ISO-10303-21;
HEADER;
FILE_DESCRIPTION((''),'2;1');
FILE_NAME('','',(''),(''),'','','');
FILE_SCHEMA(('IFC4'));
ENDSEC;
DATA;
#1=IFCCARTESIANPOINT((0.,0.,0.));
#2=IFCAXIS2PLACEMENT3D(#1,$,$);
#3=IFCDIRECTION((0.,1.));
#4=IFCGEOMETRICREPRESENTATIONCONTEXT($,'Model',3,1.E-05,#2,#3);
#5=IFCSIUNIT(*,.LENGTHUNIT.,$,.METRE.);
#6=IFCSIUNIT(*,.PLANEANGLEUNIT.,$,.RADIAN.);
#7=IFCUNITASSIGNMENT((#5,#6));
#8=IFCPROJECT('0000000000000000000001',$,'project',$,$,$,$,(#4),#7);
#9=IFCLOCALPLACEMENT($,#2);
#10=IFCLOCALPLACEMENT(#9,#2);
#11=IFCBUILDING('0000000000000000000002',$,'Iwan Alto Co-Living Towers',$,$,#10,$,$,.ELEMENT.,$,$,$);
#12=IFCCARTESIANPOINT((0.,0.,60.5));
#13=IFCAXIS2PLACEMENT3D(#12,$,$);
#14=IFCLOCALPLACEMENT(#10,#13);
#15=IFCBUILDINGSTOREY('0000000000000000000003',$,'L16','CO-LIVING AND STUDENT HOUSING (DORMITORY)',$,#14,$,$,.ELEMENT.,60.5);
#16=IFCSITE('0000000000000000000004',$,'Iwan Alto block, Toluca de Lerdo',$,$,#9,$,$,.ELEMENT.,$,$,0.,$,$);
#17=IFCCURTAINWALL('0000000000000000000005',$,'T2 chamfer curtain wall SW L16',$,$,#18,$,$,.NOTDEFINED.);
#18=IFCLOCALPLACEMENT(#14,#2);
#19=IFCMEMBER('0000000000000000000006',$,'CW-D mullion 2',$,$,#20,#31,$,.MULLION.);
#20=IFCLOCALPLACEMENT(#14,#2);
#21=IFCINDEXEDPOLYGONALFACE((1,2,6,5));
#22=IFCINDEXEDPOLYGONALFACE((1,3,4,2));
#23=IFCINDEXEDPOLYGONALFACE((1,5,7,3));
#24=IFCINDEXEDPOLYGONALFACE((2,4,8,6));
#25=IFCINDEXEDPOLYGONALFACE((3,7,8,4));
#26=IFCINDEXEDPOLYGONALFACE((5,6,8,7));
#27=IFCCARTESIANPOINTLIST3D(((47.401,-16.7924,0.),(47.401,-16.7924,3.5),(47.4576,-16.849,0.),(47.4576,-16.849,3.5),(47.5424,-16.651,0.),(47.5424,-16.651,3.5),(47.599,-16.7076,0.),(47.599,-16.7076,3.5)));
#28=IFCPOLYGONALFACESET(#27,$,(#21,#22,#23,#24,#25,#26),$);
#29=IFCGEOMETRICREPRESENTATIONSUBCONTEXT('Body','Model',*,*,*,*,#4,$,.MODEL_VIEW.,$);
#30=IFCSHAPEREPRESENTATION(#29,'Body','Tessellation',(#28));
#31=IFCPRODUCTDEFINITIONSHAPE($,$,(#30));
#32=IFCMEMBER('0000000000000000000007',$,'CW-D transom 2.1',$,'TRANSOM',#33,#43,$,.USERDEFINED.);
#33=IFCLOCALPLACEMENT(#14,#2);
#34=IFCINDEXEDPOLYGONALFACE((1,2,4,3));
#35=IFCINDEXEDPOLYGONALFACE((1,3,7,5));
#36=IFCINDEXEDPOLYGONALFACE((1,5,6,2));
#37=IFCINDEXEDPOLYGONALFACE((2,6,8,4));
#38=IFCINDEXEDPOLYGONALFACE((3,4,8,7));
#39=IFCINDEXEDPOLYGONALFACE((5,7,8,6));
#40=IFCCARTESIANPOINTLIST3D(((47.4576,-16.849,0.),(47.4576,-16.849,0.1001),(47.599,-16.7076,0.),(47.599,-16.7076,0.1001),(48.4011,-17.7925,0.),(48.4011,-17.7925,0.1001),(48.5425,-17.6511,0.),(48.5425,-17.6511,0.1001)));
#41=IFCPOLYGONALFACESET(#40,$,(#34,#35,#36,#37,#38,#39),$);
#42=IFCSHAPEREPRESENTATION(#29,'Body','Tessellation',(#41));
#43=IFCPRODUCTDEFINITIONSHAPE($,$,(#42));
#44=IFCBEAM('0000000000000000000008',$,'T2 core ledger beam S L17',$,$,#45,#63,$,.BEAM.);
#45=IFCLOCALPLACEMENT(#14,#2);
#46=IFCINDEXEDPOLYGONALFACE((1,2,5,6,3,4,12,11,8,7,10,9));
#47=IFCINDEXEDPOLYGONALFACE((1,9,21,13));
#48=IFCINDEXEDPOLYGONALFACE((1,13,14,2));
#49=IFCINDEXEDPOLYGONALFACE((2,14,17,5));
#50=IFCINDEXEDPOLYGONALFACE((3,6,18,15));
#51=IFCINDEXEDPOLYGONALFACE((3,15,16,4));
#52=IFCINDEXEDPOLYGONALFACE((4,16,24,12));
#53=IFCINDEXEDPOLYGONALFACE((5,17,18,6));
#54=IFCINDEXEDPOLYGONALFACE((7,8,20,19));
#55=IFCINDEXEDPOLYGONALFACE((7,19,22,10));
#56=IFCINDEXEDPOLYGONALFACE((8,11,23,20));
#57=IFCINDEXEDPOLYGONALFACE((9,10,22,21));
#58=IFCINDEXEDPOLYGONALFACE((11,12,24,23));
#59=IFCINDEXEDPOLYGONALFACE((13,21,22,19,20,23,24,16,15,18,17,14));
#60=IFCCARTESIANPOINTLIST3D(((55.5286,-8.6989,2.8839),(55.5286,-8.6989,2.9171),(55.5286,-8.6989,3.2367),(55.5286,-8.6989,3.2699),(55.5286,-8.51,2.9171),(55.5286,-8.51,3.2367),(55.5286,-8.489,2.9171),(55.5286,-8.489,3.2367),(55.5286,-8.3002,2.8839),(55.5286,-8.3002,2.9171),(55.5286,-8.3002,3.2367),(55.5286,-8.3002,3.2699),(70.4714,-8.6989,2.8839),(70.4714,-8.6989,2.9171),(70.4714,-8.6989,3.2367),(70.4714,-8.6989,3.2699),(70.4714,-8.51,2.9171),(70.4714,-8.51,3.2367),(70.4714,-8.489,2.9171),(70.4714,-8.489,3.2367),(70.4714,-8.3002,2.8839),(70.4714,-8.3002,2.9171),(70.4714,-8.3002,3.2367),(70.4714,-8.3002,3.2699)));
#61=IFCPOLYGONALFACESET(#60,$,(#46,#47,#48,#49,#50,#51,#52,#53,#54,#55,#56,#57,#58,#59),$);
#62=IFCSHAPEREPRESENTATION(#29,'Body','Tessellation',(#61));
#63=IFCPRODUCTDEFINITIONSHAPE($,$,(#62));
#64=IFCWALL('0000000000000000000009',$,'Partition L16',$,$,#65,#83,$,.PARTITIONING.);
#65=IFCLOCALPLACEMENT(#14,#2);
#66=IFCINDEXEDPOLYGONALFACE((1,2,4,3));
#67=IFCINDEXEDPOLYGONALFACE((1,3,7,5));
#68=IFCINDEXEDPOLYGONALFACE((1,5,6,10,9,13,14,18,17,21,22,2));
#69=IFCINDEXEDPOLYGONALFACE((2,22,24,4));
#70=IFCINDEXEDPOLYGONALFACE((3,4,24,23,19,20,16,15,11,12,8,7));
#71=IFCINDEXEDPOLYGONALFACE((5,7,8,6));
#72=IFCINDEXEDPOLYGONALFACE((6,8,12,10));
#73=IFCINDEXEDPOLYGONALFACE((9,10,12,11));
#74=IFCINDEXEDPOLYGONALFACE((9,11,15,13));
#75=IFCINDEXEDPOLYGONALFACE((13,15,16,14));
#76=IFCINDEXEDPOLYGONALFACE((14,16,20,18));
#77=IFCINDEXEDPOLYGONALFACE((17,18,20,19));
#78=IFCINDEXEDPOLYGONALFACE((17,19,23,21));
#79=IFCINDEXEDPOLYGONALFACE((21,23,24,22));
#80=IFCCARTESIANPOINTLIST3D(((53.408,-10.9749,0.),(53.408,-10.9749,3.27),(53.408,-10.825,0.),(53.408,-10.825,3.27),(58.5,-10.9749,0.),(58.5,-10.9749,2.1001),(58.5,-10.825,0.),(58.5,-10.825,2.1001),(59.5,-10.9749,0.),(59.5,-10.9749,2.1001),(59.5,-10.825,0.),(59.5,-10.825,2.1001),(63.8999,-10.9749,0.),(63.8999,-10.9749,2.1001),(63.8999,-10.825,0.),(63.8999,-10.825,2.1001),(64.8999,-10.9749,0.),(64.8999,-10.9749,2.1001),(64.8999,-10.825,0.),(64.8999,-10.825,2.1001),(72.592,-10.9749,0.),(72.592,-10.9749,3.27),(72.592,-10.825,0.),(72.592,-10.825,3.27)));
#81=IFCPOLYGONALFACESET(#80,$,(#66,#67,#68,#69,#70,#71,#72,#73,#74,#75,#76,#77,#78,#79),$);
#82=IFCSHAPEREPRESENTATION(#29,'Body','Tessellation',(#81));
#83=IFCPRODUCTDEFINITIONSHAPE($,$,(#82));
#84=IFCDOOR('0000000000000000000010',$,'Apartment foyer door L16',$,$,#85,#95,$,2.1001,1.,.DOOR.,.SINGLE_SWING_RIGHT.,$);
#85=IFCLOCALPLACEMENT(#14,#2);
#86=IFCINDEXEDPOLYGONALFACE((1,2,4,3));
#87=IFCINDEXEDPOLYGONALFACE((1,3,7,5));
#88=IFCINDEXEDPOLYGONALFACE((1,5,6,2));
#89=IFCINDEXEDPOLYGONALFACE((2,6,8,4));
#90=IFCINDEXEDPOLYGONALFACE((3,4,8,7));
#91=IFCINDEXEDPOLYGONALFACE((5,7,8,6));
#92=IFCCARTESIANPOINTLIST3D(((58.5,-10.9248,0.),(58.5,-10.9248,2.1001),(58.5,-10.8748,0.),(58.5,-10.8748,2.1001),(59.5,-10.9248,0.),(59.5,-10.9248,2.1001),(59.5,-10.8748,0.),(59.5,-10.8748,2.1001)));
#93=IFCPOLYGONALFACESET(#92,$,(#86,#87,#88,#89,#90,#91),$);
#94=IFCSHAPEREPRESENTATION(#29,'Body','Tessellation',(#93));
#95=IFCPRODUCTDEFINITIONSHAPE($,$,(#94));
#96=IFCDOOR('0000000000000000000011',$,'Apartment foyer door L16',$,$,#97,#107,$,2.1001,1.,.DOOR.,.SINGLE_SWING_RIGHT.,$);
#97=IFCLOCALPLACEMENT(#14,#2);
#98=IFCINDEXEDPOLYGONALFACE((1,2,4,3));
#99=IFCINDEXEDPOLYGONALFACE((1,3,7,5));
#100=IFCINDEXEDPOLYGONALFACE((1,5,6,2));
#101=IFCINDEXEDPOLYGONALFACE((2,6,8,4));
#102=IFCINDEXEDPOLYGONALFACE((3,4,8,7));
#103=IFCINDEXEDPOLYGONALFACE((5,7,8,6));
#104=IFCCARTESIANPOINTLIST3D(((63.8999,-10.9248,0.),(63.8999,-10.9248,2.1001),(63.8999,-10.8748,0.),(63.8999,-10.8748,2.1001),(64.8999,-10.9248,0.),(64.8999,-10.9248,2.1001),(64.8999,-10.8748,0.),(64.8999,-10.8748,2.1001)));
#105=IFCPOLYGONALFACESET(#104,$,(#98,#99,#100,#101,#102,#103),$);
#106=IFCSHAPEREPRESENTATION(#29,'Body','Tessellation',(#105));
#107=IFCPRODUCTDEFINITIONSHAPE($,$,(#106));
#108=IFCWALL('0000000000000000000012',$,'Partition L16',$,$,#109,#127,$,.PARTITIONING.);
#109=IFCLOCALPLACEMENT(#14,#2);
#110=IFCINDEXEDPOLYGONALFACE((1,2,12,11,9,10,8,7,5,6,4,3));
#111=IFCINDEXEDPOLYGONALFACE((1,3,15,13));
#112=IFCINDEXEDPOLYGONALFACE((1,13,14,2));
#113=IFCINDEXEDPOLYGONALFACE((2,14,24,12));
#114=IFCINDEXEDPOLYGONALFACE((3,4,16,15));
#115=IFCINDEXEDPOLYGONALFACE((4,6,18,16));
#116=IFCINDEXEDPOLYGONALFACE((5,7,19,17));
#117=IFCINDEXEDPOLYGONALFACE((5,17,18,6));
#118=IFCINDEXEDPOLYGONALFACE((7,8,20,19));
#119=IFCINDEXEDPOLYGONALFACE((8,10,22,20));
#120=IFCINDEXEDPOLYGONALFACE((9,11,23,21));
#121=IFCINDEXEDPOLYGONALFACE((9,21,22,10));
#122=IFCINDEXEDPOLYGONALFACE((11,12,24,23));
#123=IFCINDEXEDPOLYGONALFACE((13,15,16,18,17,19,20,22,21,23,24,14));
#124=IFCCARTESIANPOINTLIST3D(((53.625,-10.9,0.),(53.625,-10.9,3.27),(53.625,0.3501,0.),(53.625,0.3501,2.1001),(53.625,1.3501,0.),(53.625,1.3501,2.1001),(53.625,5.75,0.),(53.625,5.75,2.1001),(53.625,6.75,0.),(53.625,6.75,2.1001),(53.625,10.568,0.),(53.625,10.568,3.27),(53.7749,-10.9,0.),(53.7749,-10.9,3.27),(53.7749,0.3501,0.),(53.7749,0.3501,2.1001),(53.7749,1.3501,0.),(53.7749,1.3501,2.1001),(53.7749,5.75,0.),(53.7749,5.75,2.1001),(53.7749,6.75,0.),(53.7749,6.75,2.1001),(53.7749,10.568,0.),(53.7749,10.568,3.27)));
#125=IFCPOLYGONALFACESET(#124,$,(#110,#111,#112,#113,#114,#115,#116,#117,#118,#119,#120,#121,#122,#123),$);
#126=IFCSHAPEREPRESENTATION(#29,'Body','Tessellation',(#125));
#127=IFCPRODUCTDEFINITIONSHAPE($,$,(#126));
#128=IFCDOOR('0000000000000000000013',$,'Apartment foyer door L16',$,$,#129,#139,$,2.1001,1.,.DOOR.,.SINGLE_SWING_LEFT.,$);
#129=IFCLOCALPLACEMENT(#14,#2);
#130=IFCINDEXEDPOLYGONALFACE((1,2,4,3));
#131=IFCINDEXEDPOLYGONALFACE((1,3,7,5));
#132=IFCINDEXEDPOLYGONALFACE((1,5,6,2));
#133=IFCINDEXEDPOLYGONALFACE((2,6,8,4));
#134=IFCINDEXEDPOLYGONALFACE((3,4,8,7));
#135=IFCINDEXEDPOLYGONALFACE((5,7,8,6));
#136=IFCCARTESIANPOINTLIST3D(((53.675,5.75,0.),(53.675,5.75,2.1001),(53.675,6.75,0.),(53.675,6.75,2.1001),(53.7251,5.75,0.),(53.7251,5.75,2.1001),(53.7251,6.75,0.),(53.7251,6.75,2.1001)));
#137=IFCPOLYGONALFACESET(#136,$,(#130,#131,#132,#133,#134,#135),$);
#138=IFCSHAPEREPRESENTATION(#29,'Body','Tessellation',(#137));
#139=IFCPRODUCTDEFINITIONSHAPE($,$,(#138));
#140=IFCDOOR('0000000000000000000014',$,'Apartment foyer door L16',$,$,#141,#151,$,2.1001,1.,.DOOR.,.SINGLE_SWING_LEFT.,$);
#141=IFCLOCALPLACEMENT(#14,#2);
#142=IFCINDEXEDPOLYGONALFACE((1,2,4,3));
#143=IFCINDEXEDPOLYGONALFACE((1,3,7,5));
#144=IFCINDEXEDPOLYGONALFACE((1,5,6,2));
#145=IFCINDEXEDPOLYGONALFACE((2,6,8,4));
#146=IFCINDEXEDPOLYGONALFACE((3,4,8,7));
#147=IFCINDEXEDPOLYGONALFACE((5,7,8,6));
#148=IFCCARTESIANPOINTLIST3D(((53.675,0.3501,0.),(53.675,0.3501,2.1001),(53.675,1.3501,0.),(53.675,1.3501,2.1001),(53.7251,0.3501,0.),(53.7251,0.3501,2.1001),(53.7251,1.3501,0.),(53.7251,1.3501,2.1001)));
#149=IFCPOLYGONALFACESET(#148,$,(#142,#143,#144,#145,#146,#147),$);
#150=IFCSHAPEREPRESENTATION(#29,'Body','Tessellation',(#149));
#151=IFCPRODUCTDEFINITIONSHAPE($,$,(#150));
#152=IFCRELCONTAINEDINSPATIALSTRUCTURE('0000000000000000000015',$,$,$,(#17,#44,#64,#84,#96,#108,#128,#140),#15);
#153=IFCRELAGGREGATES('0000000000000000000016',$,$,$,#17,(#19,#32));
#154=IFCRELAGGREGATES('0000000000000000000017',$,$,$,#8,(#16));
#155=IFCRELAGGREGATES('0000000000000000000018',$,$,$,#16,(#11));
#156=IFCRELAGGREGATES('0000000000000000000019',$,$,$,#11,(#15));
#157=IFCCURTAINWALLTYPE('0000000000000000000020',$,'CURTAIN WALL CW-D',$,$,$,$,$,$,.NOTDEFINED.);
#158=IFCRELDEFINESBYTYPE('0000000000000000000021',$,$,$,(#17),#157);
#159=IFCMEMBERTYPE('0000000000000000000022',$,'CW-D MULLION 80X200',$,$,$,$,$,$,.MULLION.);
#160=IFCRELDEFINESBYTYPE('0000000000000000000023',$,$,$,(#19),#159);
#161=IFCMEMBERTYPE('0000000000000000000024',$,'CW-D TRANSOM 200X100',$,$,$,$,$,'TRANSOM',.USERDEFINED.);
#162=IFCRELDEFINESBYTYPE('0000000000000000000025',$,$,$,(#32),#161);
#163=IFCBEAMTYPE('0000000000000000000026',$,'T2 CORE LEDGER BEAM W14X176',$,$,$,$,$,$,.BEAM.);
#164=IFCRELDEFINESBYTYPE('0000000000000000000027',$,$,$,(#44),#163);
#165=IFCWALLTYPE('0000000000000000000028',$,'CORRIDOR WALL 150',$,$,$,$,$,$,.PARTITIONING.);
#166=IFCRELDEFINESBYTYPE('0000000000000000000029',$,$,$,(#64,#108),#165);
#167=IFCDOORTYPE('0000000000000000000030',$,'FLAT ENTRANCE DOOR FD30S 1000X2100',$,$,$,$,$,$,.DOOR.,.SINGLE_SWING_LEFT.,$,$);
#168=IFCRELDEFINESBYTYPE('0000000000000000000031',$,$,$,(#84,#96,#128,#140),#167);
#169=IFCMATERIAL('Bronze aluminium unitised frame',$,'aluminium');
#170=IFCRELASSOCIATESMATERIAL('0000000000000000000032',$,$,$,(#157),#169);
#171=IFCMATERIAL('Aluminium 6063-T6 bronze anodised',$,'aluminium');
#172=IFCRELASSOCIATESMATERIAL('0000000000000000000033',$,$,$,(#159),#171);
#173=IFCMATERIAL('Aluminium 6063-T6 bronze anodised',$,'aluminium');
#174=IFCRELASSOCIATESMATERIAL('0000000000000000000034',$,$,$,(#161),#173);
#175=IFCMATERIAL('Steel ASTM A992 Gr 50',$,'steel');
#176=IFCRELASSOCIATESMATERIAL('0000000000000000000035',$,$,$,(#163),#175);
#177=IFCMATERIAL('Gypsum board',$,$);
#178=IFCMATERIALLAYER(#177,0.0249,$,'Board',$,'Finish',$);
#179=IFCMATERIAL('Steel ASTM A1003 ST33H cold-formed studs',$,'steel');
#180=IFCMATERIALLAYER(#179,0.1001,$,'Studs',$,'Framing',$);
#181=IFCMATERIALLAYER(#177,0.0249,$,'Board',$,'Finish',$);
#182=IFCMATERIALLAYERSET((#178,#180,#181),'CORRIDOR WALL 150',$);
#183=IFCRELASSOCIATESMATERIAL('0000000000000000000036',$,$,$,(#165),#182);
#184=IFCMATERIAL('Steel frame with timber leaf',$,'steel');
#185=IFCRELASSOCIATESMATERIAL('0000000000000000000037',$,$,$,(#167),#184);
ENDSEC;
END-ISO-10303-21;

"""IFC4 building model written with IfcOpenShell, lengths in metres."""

from ifc_helpers import new_model, si_unit, direction, frame, frame_2d, origin, origin_2d, place, context, subcontext, project, spatial, rectangle, i_section, extrude, material, layer, layer_set, material_profile, profile_set, type_object, element, fill, aggregate, save


model = new_model("IFC4")

# Units and contexts
model_context = context("Model", 3, precision=1e-05, world=origin(), true_north=direction((0.0, 1.0)))
body_context = subcontext(model_context, "Body", "Model", "MODEL_VIEW")
ifc_project = project(units=[si_unit("LENGTHUNIT", "METRE"), si_unit("PLANEANGLEUNIT", "RADIAN")], contexts=[model_context])

# Site, building, storey
site_placement = place(None, origin())
site = spatial("IfcSite", under=ifc_project, at=site_placement, Name="Iwan Alto block, Toluca de Lerdo", CompositionType="ELEMENT", RefElevation=0.0)
building_placement = place(site_placement, origin())
building = spatial("IfcBuilding", under=site, at=building_placement, Name="Iwan Alto Co-Living Towers", CompositionType="ELEMENT")
storey_placement = place(building_placement, frame((0.0, 0.0, 60.5)))
storey = spatial("IfcBuildingStorey", under=building, at=storey_placement, Name="L16", Description="CO-LIVING AND STUDENT HOUSING (DORMITORY)", CompositionType="ELEMENT", Elevation=60.5)

# Curtain wall, members
ifc_material_1 = material(Name="Bronze aluminium unitised frame", Category="aluminium")
curtain_wall_type = type_object("IfcCurtainWallType", Name="CURTAIN WALL CW-D", PredefinedType="NOTDEFINED", material=ifc_material_1)
curtain_wall_placement = place(storey_placement, origin())
curtain_wall = element("IfcCurtainWall", 1, at=curtain_wall_placement, inside=storey, type_object=curtain_wall_type, Name="T2 chamfer curtain wall SW L16", PredefinedType="NOTDEFINED")
ifc_material_2 = material(Name="Aluminium 6063-T6 bronze anodised", Category="aluminium")
ifc_material_profile_1 = material_profile(ifc_material_2, rectangle(XDim=0.2, YDim=0.0801, at=origin_2d()), Name="AL 80X200")
ifc_profile_set_1 = profile_set([ifc_material_profile_1], Name="Aluminium 6063-T6 bronze anodised")
member_type_1 = type_object("IfcMemberType", Name="CW-D MULLION 80X200", PredefinedType="MULLION", material=ifc_profile_set_1)
member_1_placement = place(storey_placement, frame((47.5, -16.75, 0.0), z_axis=(0.0, 0.0, 1.0), x_axis=(0.707107, 0.707107, 0.0)))
member_1 = element("IfcMember", 2, at=member_1_placement, type_object=member_type_1, Name="CW-D mullion 2", PredefinedType="MULLION", context=body_context, shape_type="SweptSolid", body=[
    extrude(rectangle(XDim=0.2, YDim=0.0801, at=origin_2d()), origin(), (0.0, 0.0, 1.0), 3.5),
])
ifc_material_3 = material(Name="Aluminium 6063-T6 bronze anodised", Category="aluminium")
ifc_material_profile_2 = material_profile(ifc_material_3, rectangle(XDim=0.2, YDim=0.1001, at=origin_2d()), Name="AL 200X100")
ifc_profile_set_2 = profile_set([ifc_material_profile_2], Name="Aluminium 6063-T6 bronze anodised")
member_type_2 = type_object("IfcMemberType", Name="CW-D TRANSOM 200X100", ElementType="TRANSOM", PredefinedType="USERDEFINED", material=ifc_profile_set_2)
member_2_placement = place(storey_placement, frame((47.5283, -16.7783, 0.05), z_axis=(0.707107, -0.707107, 0.0), x_axis=(0.707107, 0.707107, 0.0)))
member_2 = element("IfcMember", 3, at=member_2_placement, type_object=member_type_2, Name="CW-D transom 2.1", ObjectType="TRANSOM", PredefinedType="USERDEFINED", context=body_context, shape_type="SweptSolid", body=[
    extrude(rectangle(XDim=0.2, YDim=0.1001, at=origin_2d()), origin(), (0.0, 0.0, 1.0), 1.3342),
])
aggregate(curtain_wall, [member_1, member_2])

# Beam
ifc_material_4 = material(Name="Steel ASTM A992 Gr 50", Category="steel")
ifc_material_profile_3 = material_profile(ifc_material_4, i_section(OverallWidth=0.3987, OverallDepth=0.386, WebThickness=0.021, FlangeThickness=0.0332, at=origin_2d()), Name="W14X176")
ifc_profile_set_3 = profile_set([ifc_material_profile_3], Name="Steel ASTM A992 Gr 50")
beam_type = type_object("IfcBeamType", Name="T2 CORE LEDGER BEAM W14X176", PredefinedType="BEAM", material=ifc_profile_set_3)
beam_placement = place(storey_placement, frame((55.5286, -8.4995, 3.0769), z_axis=(1.0, 0.0, 0.0), x_axis=(0.0, 1.0, 0.0)))
element("IfcBeam", 4, at=beam_placement, inside=storey, type_object=beam_type, Name="T2 core ledger beam S L17", PredefinedType="BEAM", context=body_context, shape_type="SweptSolid", body=[
    extrude(i_section(OverallWidth=0.3987, OverallDepth=0.386, WebThickness=0.021, FlangeThickness=0.0332, at=origin_2d()), origin(), (0.0, 0.0, 1.0), 14.9429),
])

# Walls, openings, doors
ifc_material_5 = material(Name="Gypsum board")
ifc_layer_1 = layer(ifc_material_5, 0.0249, Name="Board", Category="Finish")
ifc_material_6 = material(Name="Steel ASTM A1003 ST33H cold-formed studs", Category="steel")
ifc_layer_2 = layer(ifc_material_6, 0.1001, Name="Studs", Category="Framing")
ifc_layer_3 = layer(ifc_material_5, 0.0249, Name="Board", Category="Finish")
ifc_layer_set_1 = layer_set([ifc_layer_1, ifc_layer_2, ifc_layer_3], Name="CORRIDOR WALL 150")
wall_type_1 = type_object("IfcWallType", Name="CORRIDOR WALL 150", PredefinedType="PARTITIONING", material=ifc_layer_set_1)
wall_1_placement = place(storey_placement, frame((53.408, -10.8999, 0.0), z_axis=(0.0, 0.0, 1.0), x_axis=(1.0, 0.0, 0.0)))
wall_1 = element("IfcWall", 5, at=wall_1_placement, inside=storey, type_object=wall_type_1, Name="Partition L16", PredefinedType="PARTITIONING", context=body_context, shape_type="SweptSolid", body=[
    extrude(rectangle(XDim=19.1841, YDim=0.1499, at=frame_2d((9.592, 0.0))), origin(), (0.0, 0.0, 1.0), 3.27),
])
opening_1_placement = place(wall_1_placement, frame((5.092, 0.0, 0.0)))
opening_1 = element("IfcOpeningElement", 6, at=opening_1_placement, cuts=wall_1, PredefinedType="OPENING", context=body_context, shape_type="SweptSolid", body=[
    extrude(rectangle(XDim=1.0, YDim=2.1001, at=frame_2d((0.5, 1.05))), frame((0.0, 0.085, 0.0), z_axis=(0.0, -1.0, 0.0), x_axis=(1.0, 0.0, 0.0)), (0.0, 0.0, 1.0), 0.1699),
])
opening_2_placement = place(wall_1_placement, frame((10.4919, 0.0, 0.0)))
opening_2 = element("IfcOpeningElement", 7, at=opening_2_placement, cuts=wall_1, PredefinedType="OPENING", context=body_context, shape_type="SweptSolid", body=[
    extrude(rectangle(XDim=1.0, YDim=2.1001, at=frame_2d((0.5, 1.05))), frame((0.0, 0.085, 0.0), z_axis=(0.0, -1.0, 0.0), x_axis=(1.0, 0.0, 0.0)), (0.0, 0.0, 1.0), 0.1699),
])
ifc_material_7 = material(Name="Steel frame with timber leaf", Category="steel")
door_type_1 = type_object("IfcDoorType", Name="FLAT ENTRANCE DOOR FD30S 1000X2100", OperationType="SINGLE_SWING_LEFT", PredefinedType="DOOR", material=ifc_material_7)
door_1_placement = place(opening_1_placement, frame((1.0, 0.0, 0.0), z_axis=(0.0, 0.0, 1.0), x_axis=(-1.0, 0.0, 0.0)))
door_1 = element("IfcDoor", 8, at=door_1_placement, inside=storey, type_object=door_type_1, Name="Apartment foyer door L16", OperationType="SINGLE_SWING_RIGHT", OverallHeight=2.1001, OverallWidth=1.0, PredefinedType="DOOR", context=body_context, shape_type="SweptSolid", body=[
    extrude(rectangle(XDim=1.0, YDim=2.1001, at=frame_2d((0.5, 1.05))), frame((0.0, 0.0249, 0.0), z_axis=(0.0, -1.0, 0.0), x_axis=(1.0, 0.0, 0.0)), (0.0, 0.0, 1.0), 0.05),
])
fill(opening_1, door_1)
door_2_placement = place(opening_2_placement, frame((1.0, 0.0, 0.0), z_axis=(0.0, 0.0, 1.0), x_axis=(-1.0, 0.0, 0.0)))
door_2 = element("IfcDoor", 9, at=door_2_placement, inside=storey, type_object=door_type_1, Name="Apartment foyer door L16", OperationType="SINGLE_SWING_RIGHT", OverallHeight=2.1001, OverallWidth=1.0, PredefinedType="DOOR", context=body_context, shape_type="SweptSolid", body=[
    extrude(rectangle(XDim=1.0, YDim=2.1001, at=frame_2d((0.5, 1.05))), frame((0.0, 0.0249, 0.0), z_axis=(0.0, -1.0, 0.0), x_axis=(1.0, 0.0, 0.0)), (0.0, 0.0, 1.0), 0.05),
])
fill(opening_2, door_2)
wall_2_placement = place(storey_placement, frame((53.7, -10.8999, 0.0), z_axis=(0.0, 0.0, 1.0), x_axis=(0.0, 1.0, 0.0)))
wall_2 = element("IfcWall", 10, at=wall_2_placement, inside=storey, type_object=wall_type_1, Name="Partition L16", PredefinedType="PARTITIONING", context=body_context, shape_type="SweptSolid", body=[
    extrude(rectangle(XDim=21.468, YDim=0.1499, at=frame_2d((10.7339, 0.0))), origin(), (0.0, 0.0, 1.0), 3.27),
])
opening_3_placement = place(wall_2_placement, frame((16.6499, 0.0, 0.0)))
opening_3 = element("IfcOpeningElement", 11, at=opening_3_placement, cuts=wall_2, PredefinedType="OPENING", context=body_context, shape_type="SweptSolid", body=[
    extrude(rectangle(XDim=1.0, YDim=2.1001, at=frame_2d((0.5, 1.05))), frame((0.0, 0.085, 0.0), z_axis=(0.0, -1.0, 0.0), x_axis=(1.0, 0.0, 0.0)), (0.0, 0.0, 1.0), 0.1699),
])
opening_4_placement = place(wall_2_placement, frame((11.25, 0.0, 0.0)))
opening_4 = element("IfcOpeningElement", 12, at=opening_4_placement, cuts=wall_2, PredefinedType="OPENING", context=body_context, shape_type="SweptSolid", body=[
    extrude(rectangle(XDim=1.0, YDim=2.1001, at=frame_2d((0.5, 1.05))), frame((0.0, 0.085, 0.0), z_axis=(0.0, -1.0, 0.0), x_axis=(1.0, 0.0, 0.0)), (0.0, 0.0, 1.0), 0.1699),
])
door_3_placement = place(opening_3_placement, origin())
door_3 = element("IfcDoor", 13, at=door_3_placement, inside=storey, type_object=door_type_1, Name="Apartment foyer door L16", OperationType="SINGLE_SWING_LEFT", OverallHeight=2.1001, OverallWidth=1.0, PredefinedType="DOOR", context=body_context, shape_type="SweptSolid", body=[
    extrude(rectangle(XDim=1.0, YDim=2.1001, at=frame_2d((0.5, 1.05))), frame((0.0, 0.0249, 0.0), z_axis=(0.0, -1.0, 0.0), x_axis=(1.0, 0.0, 0.0)), (0.0, 0.0, 1.0), 0.05),
])
fill(opening_3, door_3)
door_4_placement = place(opening_4_placement, origin())
door_4 = element("IfcDoor", 14, at=door_4_placement, inside=storey, type_object=door_type_1, Name="Apartment foyer door L16", OperationType="SINGLE_SWING_LEFT", OverallHeight=2.1001, OverallWidth=1.0, PredefinedType="DOOR", context=body_context, shape_type="SweptSolid", body=[
    extrude(rectangle(XDim=1.0, YDim=2.1001, at=frame_2d((0.5, 1.05))), frame((0.0, 0.0249, 0.0), z_axis=(0.0, -1.0, 0.0), x_axis=(1.0, 0.0, 0.0)), (0.0, 0.0, 1.0), 0.05),
])
fill(opening_4, door_4)

save(model, "model.ifc")
